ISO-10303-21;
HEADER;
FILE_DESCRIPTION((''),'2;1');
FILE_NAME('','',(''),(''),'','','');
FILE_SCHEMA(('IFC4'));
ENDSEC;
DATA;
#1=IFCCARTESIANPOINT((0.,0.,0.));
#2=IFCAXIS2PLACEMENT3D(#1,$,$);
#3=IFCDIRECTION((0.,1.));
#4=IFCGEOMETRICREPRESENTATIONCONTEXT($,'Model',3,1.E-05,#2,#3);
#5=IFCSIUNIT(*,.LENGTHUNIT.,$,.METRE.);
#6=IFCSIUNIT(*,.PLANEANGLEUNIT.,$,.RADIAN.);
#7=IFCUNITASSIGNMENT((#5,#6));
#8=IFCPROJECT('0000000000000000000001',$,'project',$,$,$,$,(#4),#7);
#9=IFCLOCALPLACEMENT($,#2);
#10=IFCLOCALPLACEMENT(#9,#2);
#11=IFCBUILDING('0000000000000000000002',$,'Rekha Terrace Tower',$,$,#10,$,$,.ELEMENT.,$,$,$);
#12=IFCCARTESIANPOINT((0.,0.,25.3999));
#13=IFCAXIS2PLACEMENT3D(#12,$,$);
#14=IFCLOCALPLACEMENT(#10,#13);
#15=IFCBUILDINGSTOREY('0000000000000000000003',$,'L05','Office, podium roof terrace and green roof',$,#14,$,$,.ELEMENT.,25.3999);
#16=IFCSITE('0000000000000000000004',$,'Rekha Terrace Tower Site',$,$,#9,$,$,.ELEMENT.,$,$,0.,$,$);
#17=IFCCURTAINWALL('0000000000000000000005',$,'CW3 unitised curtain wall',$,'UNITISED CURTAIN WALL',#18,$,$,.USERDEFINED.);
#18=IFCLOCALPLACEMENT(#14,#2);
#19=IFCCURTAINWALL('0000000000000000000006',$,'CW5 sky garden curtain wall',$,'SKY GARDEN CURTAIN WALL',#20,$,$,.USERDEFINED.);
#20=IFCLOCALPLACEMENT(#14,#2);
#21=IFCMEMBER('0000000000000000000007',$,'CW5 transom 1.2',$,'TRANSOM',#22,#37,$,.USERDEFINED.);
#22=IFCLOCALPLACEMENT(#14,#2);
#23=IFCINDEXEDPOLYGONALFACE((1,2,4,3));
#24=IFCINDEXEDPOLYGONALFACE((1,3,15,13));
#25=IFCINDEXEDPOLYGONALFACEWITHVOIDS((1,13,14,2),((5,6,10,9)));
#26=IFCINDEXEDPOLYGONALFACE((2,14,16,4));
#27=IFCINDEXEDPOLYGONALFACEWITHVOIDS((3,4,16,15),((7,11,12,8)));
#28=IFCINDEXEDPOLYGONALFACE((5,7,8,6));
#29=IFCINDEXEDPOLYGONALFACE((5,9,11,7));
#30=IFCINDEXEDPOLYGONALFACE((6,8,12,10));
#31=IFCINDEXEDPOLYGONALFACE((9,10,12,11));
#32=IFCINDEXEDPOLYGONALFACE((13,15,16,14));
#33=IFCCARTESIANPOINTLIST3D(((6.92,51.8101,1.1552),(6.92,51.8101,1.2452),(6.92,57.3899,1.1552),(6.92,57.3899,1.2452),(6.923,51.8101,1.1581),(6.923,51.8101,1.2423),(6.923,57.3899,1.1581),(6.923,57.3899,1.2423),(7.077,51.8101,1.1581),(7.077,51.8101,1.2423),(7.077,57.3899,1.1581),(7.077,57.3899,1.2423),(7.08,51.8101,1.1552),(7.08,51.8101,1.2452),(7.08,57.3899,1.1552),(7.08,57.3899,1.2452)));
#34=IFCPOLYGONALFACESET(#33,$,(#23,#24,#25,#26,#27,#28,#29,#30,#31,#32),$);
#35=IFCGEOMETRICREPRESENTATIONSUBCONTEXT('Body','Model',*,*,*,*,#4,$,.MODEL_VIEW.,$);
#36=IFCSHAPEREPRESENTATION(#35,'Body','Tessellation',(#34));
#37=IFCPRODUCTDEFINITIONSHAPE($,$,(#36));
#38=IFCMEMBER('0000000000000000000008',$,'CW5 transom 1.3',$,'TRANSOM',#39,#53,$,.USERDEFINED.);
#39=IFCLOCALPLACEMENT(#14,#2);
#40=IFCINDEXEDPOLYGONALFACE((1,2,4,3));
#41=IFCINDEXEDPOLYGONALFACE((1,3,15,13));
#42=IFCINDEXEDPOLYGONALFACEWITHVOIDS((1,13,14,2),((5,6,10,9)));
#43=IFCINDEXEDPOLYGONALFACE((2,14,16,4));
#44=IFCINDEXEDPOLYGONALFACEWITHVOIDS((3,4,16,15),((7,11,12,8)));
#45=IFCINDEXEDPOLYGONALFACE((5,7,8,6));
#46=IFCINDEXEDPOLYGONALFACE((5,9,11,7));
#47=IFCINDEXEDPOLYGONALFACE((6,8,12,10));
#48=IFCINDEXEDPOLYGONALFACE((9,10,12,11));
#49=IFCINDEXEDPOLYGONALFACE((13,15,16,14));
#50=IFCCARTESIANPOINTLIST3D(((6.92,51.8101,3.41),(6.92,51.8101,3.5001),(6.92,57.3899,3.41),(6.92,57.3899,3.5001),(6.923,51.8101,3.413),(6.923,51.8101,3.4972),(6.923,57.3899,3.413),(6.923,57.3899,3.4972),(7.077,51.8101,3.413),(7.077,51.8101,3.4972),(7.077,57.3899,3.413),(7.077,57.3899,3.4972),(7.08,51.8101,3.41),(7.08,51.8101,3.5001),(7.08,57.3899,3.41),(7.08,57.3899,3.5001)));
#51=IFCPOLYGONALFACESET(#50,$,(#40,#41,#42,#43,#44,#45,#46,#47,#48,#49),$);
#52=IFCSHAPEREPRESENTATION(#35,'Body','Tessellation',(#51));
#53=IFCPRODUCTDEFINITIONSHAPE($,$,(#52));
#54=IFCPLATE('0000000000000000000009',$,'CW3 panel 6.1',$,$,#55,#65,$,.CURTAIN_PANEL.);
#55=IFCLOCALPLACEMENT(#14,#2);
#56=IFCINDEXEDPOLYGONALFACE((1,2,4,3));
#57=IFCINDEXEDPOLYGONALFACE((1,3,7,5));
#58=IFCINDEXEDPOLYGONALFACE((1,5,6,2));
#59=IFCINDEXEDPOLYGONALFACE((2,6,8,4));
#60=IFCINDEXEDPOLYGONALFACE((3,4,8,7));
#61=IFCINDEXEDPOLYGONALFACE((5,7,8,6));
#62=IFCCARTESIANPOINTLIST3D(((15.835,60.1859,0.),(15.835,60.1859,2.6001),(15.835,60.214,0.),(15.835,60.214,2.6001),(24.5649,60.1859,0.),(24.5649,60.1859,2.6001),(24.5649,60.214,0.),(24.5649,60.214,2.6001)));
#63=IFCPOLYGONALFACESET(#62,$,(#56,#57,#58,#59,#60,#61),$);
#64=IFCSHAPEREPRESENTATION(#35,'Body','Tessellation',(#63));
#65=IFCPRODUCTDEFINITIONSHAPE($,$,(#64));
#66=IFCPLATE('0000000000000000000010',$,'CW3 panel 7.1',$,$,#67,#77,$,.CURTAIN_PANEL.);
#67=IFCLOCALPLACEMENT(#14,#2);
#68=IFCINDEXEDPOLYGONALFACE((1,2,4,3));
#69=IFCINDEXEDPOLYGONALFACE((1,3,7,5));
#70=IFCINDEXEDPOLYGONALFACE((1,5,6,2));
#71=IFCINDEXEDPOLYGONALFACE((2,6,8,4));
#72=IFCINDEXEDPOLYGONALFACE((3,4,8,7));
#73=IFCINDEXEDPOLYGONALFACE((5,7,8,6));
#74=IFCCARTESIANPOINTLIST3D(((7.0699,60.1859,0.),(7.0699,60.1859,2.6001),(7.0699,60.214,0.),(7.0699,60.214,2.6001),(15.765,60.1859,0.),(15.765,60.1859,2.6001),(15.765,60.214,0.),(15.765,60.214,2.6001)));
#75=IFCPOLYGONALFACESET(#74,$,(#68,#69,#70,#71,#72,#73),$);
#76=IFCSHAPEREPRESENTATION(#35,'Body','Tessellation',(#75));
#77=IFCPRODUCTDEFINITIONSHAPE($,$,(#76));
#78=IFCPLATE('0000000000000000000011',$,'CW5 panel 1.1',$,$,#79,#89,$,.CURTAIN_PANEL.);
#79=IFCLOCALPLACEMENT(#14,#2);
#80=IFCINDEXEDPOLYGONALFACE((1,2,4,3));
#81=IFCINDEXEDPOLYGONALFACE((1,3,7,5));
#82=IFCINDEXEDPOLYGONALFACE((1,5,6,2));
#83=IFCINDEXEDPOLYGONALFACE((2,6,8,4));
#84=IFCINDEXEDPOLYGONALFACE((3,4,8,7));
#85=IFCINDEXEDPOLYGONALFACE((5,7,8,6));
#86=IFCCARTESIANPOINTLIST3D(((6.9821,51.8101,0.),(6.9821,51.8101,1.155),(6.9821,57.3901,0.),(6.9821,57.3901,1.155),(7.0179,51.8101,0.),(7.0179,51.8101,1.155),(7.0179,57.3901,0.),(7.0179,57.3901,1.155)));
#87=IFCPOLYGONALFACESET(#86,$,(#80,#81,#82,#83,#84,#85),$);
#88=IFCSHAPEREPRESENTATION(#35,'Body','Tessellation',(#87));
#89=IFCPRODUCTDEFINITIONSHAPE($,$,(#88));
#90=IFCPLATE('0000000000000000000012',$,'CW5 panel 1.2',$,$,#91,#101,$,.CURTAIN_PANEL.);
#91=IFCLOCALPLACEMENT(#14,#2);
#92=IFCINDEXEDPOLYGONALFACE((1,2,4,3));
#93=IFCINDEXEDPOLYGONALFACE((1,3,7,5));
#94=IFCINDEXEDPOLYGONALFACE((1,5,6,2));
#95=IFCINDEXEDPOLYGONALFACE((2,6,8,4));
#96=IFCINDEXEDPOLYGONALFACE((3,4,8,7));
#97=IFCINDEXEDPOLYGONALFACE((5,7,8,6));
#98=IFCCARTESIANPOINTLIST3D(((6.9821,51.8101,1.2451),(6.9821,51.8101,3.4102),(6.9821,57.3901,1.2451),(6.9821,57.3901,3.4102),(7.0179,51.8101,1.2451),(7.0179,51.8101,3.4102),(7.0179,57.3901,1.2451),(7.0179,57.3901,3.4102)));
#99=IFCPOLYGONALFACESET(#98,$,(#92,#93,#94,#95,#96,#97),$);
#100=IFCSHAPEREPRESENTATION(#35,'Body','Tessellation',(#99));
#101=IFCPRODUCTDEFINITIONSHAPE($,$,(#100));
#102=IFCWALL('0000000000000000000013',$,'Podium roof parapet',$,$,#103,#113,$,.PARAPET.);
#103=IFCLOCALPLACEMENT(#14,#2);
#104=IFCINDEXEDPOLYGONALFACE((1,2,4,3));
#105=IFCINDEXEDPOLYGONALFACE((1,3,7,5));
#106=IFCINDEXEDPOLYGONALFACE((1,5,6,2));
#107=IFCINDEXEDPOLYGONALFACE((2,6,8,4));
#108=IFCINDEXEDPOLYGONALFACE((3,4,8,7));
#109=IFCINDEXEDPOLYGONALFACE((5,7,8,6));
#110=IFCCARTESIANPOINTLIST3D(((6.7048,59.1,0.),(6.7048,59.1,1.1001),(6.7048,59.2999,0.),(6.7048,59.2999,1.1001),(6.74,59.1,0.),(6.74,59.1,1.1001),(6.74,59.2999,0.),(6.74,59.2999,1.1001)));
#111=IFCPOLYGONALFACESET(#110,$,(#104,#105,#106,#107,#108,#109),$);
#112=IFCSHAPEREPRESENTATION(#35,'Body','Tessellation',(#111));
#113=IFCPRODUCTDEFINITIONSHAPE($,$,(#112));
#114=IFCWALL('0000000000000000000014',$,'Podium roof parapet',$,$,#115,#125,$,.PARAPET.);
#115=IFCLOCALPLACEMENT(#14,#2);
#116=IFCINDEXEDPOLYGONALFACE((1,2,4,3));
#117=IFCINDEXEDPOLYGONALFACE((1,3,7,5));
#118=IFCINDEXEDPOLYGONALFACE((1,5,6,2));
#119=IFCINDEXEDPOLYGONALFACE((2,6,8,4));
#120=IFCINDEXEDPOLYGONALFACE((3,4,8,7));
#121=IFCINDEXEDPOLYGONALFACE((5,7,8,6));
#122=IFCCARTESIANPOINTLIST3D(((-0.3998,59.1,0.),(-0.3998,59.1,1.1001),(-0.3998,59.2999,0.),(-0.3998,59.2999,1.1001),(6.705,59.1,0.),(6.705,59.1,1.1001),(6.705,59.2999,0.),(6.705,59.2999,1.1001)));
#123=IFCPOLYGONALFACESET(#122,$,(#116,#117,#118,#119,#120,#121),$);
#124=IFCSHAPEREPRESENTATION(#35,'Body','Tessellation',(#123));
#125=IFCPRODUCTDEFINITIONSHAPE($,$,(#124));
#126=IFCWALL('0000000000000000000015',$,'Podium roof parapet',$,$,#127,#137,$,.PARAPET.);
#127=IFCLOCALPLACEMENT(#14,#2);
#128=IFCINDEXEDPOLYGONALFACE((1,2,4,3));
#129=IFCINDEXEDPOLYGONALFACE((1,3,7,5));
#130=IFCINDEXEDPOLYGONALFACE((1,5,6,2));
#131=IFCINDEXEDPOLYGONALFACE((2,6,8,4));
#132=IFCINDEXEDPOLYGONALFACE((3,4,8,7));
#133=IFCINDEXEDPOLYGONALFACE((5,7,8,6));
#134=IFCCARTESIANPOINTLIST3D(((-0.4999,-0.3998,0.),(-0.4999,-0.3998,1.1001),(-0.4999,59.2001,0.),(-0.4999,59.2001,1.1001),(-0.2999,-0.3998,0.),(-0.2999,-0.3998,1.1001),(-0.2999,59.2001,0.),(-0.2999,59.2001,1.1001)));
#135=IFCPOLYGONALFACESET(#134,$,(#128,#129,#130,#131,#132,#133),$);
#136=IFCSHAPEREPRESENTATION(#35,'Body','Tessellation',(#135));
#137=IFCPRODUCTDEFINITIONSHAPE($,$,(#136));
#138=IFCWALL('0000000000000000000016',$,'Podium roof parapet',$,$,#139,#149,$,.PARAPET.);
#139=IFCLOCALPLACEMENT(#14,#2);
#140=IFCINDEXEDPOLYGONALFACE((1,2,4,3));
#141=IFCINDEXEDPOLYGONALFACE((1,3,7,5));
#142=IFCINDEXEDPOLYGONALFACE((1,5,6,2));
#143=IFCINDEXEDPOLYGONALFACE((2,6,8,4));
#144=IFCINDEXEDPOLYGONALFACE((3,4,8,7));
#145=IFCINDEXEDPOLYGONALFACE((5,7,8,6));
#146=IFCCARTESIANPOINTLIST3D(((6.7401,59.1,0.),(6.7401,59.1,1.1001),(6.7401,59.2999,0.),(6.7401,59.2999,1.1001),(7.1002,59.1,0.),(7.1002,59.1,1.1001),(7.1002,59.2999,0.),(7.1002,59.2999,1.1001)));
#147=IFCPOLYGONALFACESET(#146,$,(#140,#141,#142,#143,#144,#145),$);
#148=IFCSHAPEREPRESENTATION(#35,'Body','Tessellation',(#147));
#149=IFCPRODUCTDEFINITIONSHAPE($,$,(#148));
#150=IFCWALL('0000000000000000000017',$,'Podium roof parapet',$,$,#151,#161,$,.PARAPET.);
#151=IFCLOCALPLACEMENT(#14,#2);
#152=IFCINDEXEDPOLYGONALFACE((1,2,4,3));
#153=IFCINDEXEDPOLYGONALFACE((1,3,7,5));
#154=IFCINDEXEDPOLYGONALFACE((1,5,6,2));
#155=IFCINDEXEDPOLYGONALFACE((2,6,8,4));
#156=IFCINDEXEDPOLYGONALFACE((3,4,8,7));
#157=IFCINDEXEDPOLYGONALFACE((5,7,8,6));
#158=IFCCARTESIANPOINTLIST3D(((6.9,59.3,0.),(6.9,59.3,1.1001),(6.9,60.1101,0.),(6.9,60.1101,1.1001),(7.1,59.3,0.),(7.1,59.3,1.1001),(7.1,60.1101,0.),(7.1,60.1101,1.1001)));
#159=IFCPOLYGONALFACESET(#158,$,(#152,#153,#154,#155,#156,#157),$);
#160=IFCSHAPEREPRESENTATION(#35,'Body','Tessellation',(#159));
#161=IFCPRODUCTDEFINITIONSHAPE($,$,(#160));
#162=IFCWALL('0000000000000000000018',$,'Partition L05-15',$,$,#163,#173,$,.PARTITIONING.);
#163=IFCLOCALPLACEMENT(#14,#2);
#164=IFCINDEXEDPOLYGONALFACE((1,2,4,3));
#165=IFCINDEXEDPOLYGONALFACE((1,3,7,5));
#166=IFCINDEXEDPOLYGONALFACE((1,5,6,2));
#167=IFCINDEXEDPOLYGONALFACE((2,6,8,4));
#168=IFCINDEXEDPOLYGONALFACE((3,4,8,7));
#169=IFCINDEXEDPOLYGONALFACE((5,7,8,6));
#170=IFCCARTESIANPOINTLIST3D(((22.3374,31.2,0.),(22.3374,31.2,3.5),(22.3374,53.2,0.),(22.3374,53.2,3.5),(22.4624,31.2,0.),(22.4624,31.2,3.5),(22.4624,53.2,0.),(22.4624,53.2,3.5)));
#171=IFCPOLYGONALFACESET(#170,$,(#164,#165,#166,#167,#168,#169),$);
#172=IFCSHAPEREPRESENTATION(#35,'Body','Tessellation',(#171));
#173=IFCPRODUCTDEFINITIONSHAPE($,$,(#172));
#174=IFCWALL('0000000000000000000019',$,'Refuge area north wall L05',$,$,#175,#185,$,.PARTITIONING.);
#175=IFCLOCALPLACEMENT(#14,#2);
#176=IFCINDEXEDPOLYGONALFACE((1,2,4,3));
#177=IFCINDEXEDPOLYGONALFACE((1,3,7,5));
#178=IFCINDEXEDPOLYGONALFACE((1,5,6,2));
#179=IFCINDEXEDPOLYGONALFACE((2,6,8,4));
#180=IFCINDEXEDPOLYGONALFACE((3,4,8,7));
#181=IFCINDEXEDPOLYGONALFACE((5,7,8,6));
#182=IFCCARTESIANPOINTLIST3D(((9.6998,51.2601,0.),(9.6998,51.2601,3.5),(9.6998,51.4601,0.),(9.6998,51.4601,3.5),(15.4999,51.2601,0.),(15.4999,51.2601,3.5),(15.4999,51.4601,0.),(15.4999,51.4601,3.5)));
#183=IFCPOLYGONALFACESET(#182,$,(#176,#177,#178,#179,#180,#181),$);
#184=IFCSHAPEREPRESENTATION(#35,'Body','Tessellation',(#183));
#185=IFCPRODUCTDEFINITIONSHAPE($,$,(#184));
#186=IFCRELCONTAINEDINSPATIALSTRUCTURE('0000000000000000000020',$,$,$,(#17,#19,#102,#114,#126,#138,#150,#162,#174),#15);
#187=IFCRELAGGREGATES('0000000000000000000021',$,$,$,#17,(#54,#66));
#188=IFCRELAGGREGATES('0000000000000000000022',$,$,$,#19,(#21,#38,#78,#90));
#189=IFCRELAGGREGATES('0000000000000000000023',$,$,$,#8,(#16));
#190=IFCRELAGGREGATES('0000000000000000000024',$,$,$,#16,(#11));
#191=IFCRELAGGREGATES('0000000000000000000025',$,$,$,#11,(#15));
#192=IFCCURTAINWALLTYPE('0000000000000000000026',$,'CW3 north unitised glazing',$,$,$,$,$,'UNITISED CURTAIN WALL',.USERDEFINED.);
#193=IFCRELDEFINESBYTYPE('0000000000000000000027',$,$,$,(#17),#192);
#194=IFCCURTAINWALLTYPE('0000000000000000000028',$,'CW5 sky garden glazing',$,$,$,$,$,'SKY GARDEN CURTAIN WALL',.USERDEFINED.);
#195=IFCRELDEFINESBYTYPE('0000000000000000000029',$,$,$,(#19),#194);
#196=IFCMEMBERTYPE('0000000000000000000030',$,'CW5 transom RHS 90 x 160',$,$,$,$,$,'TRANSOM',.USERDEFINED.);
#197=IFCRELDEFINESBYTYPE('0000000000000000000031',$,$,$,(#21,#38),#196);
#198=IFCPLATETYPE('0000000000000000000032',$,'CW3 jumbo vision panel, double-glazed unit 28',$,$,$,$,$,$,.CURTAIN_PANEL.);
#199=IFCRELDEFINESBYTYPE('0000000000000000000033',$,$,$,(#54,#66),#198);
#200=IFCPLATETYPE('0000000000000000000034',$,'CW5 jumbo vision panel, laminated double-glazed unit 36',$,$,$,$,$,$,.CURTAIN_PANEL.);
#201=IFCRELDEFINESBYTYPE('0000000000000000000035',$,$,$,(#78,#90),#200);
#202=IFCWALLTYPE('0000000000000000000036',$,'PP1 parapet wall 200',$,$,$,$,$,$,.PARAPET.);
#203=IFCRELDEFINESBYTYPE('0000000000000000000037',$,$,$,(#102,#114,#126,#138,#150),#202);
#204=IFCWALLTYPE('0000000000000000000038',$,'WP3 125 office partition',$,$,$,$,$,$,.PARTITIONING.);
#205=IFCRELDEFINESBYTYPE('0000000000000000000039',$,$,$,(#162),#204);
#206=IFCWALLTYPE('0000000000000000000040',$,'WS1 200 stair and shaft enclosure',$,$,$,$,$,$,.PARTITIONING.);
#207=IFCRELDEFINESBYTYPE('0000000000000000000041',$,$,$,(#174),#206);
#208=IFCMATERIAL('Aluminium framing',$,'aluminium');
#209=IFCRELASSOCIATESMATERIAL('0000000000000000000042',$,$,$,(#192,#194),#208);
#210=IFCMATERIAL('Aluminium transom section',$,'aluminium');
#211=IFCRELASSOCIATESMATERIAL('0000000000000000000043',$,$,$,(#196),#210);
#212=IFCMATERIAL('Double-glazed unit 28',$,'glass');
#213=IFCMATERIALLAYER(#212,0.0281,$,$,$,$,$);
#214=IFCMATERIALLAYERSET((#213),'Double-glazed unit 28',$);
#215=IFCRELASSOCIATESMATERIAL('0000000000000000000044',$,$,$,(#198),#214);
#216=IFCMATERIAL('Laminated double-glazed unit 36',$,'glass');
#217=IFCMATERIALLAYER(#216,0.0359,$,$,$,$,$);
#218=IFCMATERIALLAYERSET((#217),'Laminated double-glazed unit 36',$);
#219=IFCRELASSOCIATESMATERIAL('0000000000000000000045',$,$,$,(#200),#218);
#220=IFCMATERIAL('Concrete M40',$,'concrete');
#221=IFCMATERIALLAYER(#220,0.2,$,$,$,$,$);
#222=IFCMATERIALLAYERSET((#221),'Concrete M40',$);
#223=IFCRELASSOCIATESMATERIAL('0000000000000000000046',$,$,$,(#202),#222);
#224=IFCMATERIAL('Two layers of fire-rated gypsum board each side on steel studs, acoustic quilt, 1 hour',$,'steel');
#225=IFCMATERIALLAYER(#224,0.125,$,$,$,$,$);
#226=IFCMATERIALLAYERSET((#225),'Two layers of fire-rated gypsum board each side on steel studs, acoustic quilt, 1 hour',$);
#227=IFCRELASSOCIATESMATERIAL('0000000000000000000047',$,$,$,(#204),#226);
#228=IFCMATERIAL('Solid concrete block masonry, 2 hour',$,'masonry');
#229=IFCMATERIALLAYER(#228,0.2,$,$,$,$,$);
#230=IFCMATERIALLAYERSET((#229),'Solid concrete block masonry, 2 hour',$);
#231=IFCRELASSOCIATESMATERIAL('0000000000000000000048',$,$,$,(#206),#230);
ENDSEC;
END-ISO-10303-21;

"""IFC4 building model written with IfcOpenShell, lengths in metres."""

from ifc_helpers import new_model, si_unit, direction, frame, frame_2d, origin, origin_2d, place, context, subcontext, project, spatial, rectangle, hollow_rectangle, extrude, material, layer, layer_set, material_profile, profile_set, type_object, element, aggregate, save


model = new_model("IFC4")

# Units and contexts
model_context = context("Model", 3, precision=1e-05, world=origin(), true_north=direction((0.0, 1.0)))
body_context = subcontext(model_context, "Body", "Model", "MODEL_VIEW")
ifc_project = project(units=[si_unit("LENGTHUNIT", "METRE"), si_unit("PLANEANGLEUNIT", "RADIAN")], contexts=[model_context])

# Site, building, storey
site_placement = place(None, origin())
site = spatial("IfcSite", under=ifc_project, at=site_placement, Name="Rekha Terrace Tower Site", CompositionType="ELEMENT", RefElevation=0.0)
building_placement = place(site_placement, origin())
building = spatial("IfcBuilding", under=site, at=building_placement, Name="Rekha Terrace Tower", CompositionType="ELEMENT")
storey_placement = place(building_placement, frame((0.0, 0.0, 25.3999)))
storey = spatial("IfcBuildingStorey", under=building, at=storey_placement, Name="L05", Description="Office, podium roof terrace and green roof", CompositionType="ELEMENT", Elevation=25.3999)

# Curtain walls, members
ifc_material_1 = material(Name="Aluminium framing", Category="aluminium")
curtain_wall_type_1 = type_object("IfcCurtainWallType", Name="CW3 north unitised glazing", ElementType="UNITISED CURTAIN WALL", PredefinedType="USERDEFINED", material=ifc_material_1)
curtain_wall_1_placement = place(storey_placement, origin())
curtain_wall_1 = element("IfcCurtainWall", 1, at=curtain_wall_1_placement, inside=storey, type_object=curtain_wall_type_1, Name="CW3 unitised curtain wall", ObjectType="UNITISED CURTAIN WALL", PredefinedType="USERDEFINED")
curtain_wall_type_2 = type_object("IfcCurtainWallType", Name="CW5 sky garden glazing", ElementType="SKY GARDEN CURTAIN WALL", PredefinedType="USERDEFINED", material=ifc_material_1)
curtain_wall_2_placement = place(storey_placement, origin())
curtain_wall_2 = element("IfcCurtainWall", 2, at=curtain_wall_2_placement, inside=storey, type_object=curtain_wall_type_2, Name="CW5 sky garden curtain wall", ObjectType="SKY GARDEN CURTAIN WALL", PredefinedType="USERDEFINED")
ifc_material_2 = material(Name="Aluminium transom section", Category="aluminium")
ifc_material_profile_1 = material_profile(ifc_material_2, hollow_rectangle(XDim=0.1599, YDim=0.0901, WallThickness=0.0029, at=origin_2d()), Name="AL RHS 160x90")
ifc_profile_set_1 = profile_set([ifc_material_profile_1], Name="Aluminium transom section")
member_type_1 = type_object("IfcMemberType", Name="CW5 transom RHS 90 x 160", ElementType="TRANSOM", PredefinedType="USERDEFINED", material=ifc_profile_set_1)
member_1_placement = place(storey_placement, frame((7.0, 57.3899, 1.2002), z_axis=(0.0, -1.0, 0.0), x_axis=(1.0, 0.0, 0.0)))
member_1 = element("IfcMember", 3, at=member_1_placement, type_object=member_type_1, Name="CW5 transom 1.2", ObjectType="TRANSOM", PredefinedType="USERDEFINED", context=body_context, shape_type="SweptSolid", body=[
    extrude(hollow_rectangle(XDim=0.1599, YDim=0.0901, WallThickness=0.0029, at=origin_2d()), origin(), (0.0, 0.0, 1.0), 5.5798),
])
member_2_placement = place(storey_placement, frame((7.0, 57.3899, 3.4551), z_axis=(0.0, -1.0, 0.0), x_axis=(1.0, 0.0, 0.0)))
member_2 = element("IfcMember", 4, at=member_2_placement, type_object=member_type_1, Name="CW5 transom 1.3", ObjectType="TRANSOM", PredefinedType="USERDEFINED", context=body_context, shape_type="SweptSolid", body=[
    extrude(hollow_rectangle(XDim=0.1599, YDim=0.0901, WallThickness=0.0029, at=origin_2d()), origin(), (0.0, 0.0, 1.0), 5.5798),
])

# Plates
ifc_material_3 = material(Name="Double-glazed unit 28", Category="glass")
ifc_layer_1 = layer(ifc_material_3, 0.0281)
ifc_layer_set_1 = layer_set([ifc_layer_1], Name="Double-glazed unit 28")
plate_type_1 = type_object("IfcPlateType", Name="CW3 jumbo vision panel, double-glazed unit 28", PredefinedType="CURTAIN_PANEL", material=ifc_layer_set_1)
plate_1_placement = place(storey_placement, frame((20.2, 60.2, 0.0), z_axis=(0.0, 0.0, 1.0), x_axis=(-1.0, 0.0, 0.0)))
plate_1 = element("IfcPlate", 5, at=plate_1_placement, type_object=plate_type_1, Name="CW3 panel 6.1", PredefinedType="CURTAIN_PANEL", context=body_context, shape_type="SweptSolid", body=[
    extrude(rectangle(XDim=8.73, YDim=0.0281, at=origin_2d()), origin(), (0.0, 0.0, 1.0), 2.6001),
])
plate_2_placement = place(storey_placement, frame((11.4175, 60.2, 0.0), z_axis=(0.0, 0.0, 1.0), x_axis=(-1.0, 0.0, 0.0)))
plate_2 = element("IfcPlate", 6, at=plate_2_placement, type_object=plate_type_1, Name="CW3 panel 7.1", PredefinedType="CURTAIN_PANEL", context=body_context, shape_type="SweptSolid", body=[
    extrude(rectangle(XDim=8.6951, YDim=0.0281, at=origin_2d()), origin(), (0.0, 0.0, 1.0), 2.6001),
])
aggregate(curtain_wall_1, [plate_1, plate_2])
ifc_material_4 = material(Name="Laminated double-glazed unit 36", Category="glass")
ifc_layer_2 = layer(ifc_material_4, 0.0359)
ifc_layer_set_2 = layer_set([ifc_layer_2], Name="Laminated double-glazed unit 36")
plate_type_2 = type_object("IfcPlateType", Name="CW5 jumbo vision panel, laminated double-glazed unit 36", PredefinedType="CURTAIN_PANEL", material=ifc_layer_set_2)
plate_3_placement = place(storey_placement, frame((7.0, 54.6001, 0.0), z_axis=(0.0, 0.0, 1.0), x_axis=(0.0, -1.0, 0.0)))
plate_3 = element("IfcPlate", 7, at=plate_3_placement, type_object=plate_type_2, Name="CW5 panel 1.1", PredefinedType="CURTAIN_PANEL", context=body_context, shape_type="SweptSolid", body=[
    extrude(rectangle(XDim=5.5801, YDim=0.0359, at=origin_2d()), origin(), (0.0, 0.0, 1.0), 1.155),
])
plate_4_placement = place(storey_placement, frame((7.0, 54.6001, 1.2451), z_axis=(0.0, 0.0, 1.0), x_axis=(0.0, -1.0, 0.0)))
plate_4 = element("IfcPlate", 8, at=plate_4_placement, type_object=plate_type_2, Name="CW5 panel 1.2", PredefinedType="CURTAIN_PANEL", context=body_context, shape_type="SweptSolid", body=[
    extrude(rectangle(XDim=5.5801, YDim=0.0359, at=origin_2d()), origin(), (0.0, 0.0, 1.0), 2.165),
])
aggregate(curtain_wall_2, [member_1, member_2, plate_3, plate_4])

# Walls
ifc_material_5 = material(Name="Concrete M40", Category="concrete")
ifc_layer_3 = layer(ifc_material_5, 0.2)
ifc_layer_set_3 = layer_set([ifc_layer_3], Name="Concrete M40")
wall_type_1 = type_object("IfcWallType", Name="PP1 parapet wall 200", PredefinedType="PARAPET", material=ifc_layer_set_3)
wall_1_placement = place(storey_placement, frame((6.74, 59.2, 0.0), z_axis=(0.0, 0.0, 1.0), x_axis=(-1.0, 0.0, 0.0)))
element("IfcWall", 9, at=wall_1_placement, inside=storey, type_object=wall_type_1, Name="Podium roof parapet", PredefinedType="PARAPET", context=body_context, shape_type="SweptSolid", body=[
    extrude(rectangle(XDim=0.0352, YDim=0.2, at=frame_2d((0.0176, 0.0))), origin(), (0.0, 0.0, 1.0), 1.1001),
])
wall_2_placement = place(storey_placement, frame((6.7048, 59.2, 0.0), z_axis=(0.0, 0.0, 1.0), x_axis=(-1.0, 0.0, 0.0)))
element("IfcWall", 10, at=wall_2_placement, inside=storey, type_object=wall_type_1, Name="Podium roof parapet", PredefinedType="PARAPET", context=body_context, shape_type="SweptSolid", body=[
    extrude(rectangle(XDim=7.1047, YDim=0.2, at=frame_2d((3.5522, 0.0))), origin(), (0.0, 0.0, 1.0), 1.1001),
])
wall_3_placement = place(storey_placement, frame((-0.3999, 59.2, 0.0), z_axis=(0.0, 0.0, 1.0), x_axis=(0.0, -1.0, 0.0)))
element("IfcWall", 11, at=wall_3_placement, inside=storey, type_object=wall_type_1, Name="Podium roof parapet", PredefinedType="PARAPET", context=body_context, shape_type="SweptSolid", body=[
    extrude(rectangle(XDim=59.5999, YDim=0.2, at=frame_2d((29.7998, 0.0))), origin(), (0.0, 0.0, 1.0), 1.1001),
])
wall_4_placement = place(storey_placement, frame((6.74, 59.2, 0.0), z_axis=(0.0, 0.0, 1.0), x_axis=(1.0, 0.0, 0.0)))
element("IfcWall", 12, at=wall_4_placement, inside=storey, type_object=wall_type_1, Name="Podium roof parapet", PredefinedType="PARAPET", context=body_context, shape_type="SweptSolid", body=[
    extrude(rectangle(XDim=0.3601, YDim=0.2, at=frame_2d((0.1802, 0.0))), origin(), (0.0, 0.0, 1.0), 1.1001),
])
wall_5_placement = place(storey_placement, frame((7.0, 59.3, 0.0), z_axis=(0.0, 0.0, 1.0), x_axis=(0.0, 1.0, 0.0)))
element("IfcWall", 13, at=wall_5_placement, inside=storey, type_object=wall_type_1, Name="Podium roof parapet", PredefinedType="PARAPET", context=body_context, shape_type="SweptSolid", body=[
    extrude(rectangle(XDim=0.8101, YDim=0.2, at=frame_2d((0.405, 0.0))), origin(), (0.0, 0.0, 1.0), 1.1001),
])
ifc_material_6 = material(Name="Two layers of fire-rated gypsum board each side on steel studs, acoustic quilt, 1 hour", Category="steel")
ifc_layer_4 = layer(ifc_material_6, 0.125)
ifc_layer_set_4 = layer_set([ifc_layer_4], Name="Two layers of fire-rated gypsum board each side on steel studs, acoustic quilt, 1 hour")
wall_type_2 = type_object("IfcWallType", Name="WP3 125 office partition", PredefinedType="PARTITIONING", material=ifc_layer_set_4)
wall_6_placement = place(storey_placement, frame((22.3999, 53.2, 0.0), z_axis=(0.0, 0.0, 1.0), x_axis=(0.0, -1.0, 0.0)))
element("IfcWall", 14, at=wall_6_placement, inside=storey, type_object=wall_type_2, Name="Partition L05-15", PredefinedType="PARTITIONING", context=body_context, shape_type="SweptSolid", body=[
    extrude(rectangle(XDim=22.0, YDim=0.125, at=frame_2d((11.0, 0.0))), origin(), (0.0, 0.0, 1.0), 3.5),
])
ifc_material_7 = material(Name="Solid concrete block masonry, 2 hour", Category="masonry")
ifc_layer_5 = layer(ifc_material_7, 0.2)
ifc_layer_set_5 = layer_set([ifc_layer_5], Name="Solid concrete block masonry, 2 hour")
wall_type_3 = type_object("IfcWallType", Name="WS1 200 stair and shaft enclosure", PredefinedType="PARTITIONING", material=ifc_layer_set_5)
wall_7_placement = place(storey_placement, frame((9.7, 51.3601, 0.0), z_axis=(0.0, 0.0, 1.0), x_axis=(1.0, 0.0, 0.0)))
element("IfcWall", 15, at=wall_7_placement, inside=storey, type_object=wall_type_3, Name="Refuge area north wall L05", PredefinedType="PARTITIONING", context=body_context, shape_type="SweptSolid", body=[
    extrude(rectangle(XDim=5.8, YDim=0.2, at=frame_2d((2.8999, 0.0))), origin(), (0.0, 0.0, 1.0), 3.5),
])

save(model, "model.ifc")
